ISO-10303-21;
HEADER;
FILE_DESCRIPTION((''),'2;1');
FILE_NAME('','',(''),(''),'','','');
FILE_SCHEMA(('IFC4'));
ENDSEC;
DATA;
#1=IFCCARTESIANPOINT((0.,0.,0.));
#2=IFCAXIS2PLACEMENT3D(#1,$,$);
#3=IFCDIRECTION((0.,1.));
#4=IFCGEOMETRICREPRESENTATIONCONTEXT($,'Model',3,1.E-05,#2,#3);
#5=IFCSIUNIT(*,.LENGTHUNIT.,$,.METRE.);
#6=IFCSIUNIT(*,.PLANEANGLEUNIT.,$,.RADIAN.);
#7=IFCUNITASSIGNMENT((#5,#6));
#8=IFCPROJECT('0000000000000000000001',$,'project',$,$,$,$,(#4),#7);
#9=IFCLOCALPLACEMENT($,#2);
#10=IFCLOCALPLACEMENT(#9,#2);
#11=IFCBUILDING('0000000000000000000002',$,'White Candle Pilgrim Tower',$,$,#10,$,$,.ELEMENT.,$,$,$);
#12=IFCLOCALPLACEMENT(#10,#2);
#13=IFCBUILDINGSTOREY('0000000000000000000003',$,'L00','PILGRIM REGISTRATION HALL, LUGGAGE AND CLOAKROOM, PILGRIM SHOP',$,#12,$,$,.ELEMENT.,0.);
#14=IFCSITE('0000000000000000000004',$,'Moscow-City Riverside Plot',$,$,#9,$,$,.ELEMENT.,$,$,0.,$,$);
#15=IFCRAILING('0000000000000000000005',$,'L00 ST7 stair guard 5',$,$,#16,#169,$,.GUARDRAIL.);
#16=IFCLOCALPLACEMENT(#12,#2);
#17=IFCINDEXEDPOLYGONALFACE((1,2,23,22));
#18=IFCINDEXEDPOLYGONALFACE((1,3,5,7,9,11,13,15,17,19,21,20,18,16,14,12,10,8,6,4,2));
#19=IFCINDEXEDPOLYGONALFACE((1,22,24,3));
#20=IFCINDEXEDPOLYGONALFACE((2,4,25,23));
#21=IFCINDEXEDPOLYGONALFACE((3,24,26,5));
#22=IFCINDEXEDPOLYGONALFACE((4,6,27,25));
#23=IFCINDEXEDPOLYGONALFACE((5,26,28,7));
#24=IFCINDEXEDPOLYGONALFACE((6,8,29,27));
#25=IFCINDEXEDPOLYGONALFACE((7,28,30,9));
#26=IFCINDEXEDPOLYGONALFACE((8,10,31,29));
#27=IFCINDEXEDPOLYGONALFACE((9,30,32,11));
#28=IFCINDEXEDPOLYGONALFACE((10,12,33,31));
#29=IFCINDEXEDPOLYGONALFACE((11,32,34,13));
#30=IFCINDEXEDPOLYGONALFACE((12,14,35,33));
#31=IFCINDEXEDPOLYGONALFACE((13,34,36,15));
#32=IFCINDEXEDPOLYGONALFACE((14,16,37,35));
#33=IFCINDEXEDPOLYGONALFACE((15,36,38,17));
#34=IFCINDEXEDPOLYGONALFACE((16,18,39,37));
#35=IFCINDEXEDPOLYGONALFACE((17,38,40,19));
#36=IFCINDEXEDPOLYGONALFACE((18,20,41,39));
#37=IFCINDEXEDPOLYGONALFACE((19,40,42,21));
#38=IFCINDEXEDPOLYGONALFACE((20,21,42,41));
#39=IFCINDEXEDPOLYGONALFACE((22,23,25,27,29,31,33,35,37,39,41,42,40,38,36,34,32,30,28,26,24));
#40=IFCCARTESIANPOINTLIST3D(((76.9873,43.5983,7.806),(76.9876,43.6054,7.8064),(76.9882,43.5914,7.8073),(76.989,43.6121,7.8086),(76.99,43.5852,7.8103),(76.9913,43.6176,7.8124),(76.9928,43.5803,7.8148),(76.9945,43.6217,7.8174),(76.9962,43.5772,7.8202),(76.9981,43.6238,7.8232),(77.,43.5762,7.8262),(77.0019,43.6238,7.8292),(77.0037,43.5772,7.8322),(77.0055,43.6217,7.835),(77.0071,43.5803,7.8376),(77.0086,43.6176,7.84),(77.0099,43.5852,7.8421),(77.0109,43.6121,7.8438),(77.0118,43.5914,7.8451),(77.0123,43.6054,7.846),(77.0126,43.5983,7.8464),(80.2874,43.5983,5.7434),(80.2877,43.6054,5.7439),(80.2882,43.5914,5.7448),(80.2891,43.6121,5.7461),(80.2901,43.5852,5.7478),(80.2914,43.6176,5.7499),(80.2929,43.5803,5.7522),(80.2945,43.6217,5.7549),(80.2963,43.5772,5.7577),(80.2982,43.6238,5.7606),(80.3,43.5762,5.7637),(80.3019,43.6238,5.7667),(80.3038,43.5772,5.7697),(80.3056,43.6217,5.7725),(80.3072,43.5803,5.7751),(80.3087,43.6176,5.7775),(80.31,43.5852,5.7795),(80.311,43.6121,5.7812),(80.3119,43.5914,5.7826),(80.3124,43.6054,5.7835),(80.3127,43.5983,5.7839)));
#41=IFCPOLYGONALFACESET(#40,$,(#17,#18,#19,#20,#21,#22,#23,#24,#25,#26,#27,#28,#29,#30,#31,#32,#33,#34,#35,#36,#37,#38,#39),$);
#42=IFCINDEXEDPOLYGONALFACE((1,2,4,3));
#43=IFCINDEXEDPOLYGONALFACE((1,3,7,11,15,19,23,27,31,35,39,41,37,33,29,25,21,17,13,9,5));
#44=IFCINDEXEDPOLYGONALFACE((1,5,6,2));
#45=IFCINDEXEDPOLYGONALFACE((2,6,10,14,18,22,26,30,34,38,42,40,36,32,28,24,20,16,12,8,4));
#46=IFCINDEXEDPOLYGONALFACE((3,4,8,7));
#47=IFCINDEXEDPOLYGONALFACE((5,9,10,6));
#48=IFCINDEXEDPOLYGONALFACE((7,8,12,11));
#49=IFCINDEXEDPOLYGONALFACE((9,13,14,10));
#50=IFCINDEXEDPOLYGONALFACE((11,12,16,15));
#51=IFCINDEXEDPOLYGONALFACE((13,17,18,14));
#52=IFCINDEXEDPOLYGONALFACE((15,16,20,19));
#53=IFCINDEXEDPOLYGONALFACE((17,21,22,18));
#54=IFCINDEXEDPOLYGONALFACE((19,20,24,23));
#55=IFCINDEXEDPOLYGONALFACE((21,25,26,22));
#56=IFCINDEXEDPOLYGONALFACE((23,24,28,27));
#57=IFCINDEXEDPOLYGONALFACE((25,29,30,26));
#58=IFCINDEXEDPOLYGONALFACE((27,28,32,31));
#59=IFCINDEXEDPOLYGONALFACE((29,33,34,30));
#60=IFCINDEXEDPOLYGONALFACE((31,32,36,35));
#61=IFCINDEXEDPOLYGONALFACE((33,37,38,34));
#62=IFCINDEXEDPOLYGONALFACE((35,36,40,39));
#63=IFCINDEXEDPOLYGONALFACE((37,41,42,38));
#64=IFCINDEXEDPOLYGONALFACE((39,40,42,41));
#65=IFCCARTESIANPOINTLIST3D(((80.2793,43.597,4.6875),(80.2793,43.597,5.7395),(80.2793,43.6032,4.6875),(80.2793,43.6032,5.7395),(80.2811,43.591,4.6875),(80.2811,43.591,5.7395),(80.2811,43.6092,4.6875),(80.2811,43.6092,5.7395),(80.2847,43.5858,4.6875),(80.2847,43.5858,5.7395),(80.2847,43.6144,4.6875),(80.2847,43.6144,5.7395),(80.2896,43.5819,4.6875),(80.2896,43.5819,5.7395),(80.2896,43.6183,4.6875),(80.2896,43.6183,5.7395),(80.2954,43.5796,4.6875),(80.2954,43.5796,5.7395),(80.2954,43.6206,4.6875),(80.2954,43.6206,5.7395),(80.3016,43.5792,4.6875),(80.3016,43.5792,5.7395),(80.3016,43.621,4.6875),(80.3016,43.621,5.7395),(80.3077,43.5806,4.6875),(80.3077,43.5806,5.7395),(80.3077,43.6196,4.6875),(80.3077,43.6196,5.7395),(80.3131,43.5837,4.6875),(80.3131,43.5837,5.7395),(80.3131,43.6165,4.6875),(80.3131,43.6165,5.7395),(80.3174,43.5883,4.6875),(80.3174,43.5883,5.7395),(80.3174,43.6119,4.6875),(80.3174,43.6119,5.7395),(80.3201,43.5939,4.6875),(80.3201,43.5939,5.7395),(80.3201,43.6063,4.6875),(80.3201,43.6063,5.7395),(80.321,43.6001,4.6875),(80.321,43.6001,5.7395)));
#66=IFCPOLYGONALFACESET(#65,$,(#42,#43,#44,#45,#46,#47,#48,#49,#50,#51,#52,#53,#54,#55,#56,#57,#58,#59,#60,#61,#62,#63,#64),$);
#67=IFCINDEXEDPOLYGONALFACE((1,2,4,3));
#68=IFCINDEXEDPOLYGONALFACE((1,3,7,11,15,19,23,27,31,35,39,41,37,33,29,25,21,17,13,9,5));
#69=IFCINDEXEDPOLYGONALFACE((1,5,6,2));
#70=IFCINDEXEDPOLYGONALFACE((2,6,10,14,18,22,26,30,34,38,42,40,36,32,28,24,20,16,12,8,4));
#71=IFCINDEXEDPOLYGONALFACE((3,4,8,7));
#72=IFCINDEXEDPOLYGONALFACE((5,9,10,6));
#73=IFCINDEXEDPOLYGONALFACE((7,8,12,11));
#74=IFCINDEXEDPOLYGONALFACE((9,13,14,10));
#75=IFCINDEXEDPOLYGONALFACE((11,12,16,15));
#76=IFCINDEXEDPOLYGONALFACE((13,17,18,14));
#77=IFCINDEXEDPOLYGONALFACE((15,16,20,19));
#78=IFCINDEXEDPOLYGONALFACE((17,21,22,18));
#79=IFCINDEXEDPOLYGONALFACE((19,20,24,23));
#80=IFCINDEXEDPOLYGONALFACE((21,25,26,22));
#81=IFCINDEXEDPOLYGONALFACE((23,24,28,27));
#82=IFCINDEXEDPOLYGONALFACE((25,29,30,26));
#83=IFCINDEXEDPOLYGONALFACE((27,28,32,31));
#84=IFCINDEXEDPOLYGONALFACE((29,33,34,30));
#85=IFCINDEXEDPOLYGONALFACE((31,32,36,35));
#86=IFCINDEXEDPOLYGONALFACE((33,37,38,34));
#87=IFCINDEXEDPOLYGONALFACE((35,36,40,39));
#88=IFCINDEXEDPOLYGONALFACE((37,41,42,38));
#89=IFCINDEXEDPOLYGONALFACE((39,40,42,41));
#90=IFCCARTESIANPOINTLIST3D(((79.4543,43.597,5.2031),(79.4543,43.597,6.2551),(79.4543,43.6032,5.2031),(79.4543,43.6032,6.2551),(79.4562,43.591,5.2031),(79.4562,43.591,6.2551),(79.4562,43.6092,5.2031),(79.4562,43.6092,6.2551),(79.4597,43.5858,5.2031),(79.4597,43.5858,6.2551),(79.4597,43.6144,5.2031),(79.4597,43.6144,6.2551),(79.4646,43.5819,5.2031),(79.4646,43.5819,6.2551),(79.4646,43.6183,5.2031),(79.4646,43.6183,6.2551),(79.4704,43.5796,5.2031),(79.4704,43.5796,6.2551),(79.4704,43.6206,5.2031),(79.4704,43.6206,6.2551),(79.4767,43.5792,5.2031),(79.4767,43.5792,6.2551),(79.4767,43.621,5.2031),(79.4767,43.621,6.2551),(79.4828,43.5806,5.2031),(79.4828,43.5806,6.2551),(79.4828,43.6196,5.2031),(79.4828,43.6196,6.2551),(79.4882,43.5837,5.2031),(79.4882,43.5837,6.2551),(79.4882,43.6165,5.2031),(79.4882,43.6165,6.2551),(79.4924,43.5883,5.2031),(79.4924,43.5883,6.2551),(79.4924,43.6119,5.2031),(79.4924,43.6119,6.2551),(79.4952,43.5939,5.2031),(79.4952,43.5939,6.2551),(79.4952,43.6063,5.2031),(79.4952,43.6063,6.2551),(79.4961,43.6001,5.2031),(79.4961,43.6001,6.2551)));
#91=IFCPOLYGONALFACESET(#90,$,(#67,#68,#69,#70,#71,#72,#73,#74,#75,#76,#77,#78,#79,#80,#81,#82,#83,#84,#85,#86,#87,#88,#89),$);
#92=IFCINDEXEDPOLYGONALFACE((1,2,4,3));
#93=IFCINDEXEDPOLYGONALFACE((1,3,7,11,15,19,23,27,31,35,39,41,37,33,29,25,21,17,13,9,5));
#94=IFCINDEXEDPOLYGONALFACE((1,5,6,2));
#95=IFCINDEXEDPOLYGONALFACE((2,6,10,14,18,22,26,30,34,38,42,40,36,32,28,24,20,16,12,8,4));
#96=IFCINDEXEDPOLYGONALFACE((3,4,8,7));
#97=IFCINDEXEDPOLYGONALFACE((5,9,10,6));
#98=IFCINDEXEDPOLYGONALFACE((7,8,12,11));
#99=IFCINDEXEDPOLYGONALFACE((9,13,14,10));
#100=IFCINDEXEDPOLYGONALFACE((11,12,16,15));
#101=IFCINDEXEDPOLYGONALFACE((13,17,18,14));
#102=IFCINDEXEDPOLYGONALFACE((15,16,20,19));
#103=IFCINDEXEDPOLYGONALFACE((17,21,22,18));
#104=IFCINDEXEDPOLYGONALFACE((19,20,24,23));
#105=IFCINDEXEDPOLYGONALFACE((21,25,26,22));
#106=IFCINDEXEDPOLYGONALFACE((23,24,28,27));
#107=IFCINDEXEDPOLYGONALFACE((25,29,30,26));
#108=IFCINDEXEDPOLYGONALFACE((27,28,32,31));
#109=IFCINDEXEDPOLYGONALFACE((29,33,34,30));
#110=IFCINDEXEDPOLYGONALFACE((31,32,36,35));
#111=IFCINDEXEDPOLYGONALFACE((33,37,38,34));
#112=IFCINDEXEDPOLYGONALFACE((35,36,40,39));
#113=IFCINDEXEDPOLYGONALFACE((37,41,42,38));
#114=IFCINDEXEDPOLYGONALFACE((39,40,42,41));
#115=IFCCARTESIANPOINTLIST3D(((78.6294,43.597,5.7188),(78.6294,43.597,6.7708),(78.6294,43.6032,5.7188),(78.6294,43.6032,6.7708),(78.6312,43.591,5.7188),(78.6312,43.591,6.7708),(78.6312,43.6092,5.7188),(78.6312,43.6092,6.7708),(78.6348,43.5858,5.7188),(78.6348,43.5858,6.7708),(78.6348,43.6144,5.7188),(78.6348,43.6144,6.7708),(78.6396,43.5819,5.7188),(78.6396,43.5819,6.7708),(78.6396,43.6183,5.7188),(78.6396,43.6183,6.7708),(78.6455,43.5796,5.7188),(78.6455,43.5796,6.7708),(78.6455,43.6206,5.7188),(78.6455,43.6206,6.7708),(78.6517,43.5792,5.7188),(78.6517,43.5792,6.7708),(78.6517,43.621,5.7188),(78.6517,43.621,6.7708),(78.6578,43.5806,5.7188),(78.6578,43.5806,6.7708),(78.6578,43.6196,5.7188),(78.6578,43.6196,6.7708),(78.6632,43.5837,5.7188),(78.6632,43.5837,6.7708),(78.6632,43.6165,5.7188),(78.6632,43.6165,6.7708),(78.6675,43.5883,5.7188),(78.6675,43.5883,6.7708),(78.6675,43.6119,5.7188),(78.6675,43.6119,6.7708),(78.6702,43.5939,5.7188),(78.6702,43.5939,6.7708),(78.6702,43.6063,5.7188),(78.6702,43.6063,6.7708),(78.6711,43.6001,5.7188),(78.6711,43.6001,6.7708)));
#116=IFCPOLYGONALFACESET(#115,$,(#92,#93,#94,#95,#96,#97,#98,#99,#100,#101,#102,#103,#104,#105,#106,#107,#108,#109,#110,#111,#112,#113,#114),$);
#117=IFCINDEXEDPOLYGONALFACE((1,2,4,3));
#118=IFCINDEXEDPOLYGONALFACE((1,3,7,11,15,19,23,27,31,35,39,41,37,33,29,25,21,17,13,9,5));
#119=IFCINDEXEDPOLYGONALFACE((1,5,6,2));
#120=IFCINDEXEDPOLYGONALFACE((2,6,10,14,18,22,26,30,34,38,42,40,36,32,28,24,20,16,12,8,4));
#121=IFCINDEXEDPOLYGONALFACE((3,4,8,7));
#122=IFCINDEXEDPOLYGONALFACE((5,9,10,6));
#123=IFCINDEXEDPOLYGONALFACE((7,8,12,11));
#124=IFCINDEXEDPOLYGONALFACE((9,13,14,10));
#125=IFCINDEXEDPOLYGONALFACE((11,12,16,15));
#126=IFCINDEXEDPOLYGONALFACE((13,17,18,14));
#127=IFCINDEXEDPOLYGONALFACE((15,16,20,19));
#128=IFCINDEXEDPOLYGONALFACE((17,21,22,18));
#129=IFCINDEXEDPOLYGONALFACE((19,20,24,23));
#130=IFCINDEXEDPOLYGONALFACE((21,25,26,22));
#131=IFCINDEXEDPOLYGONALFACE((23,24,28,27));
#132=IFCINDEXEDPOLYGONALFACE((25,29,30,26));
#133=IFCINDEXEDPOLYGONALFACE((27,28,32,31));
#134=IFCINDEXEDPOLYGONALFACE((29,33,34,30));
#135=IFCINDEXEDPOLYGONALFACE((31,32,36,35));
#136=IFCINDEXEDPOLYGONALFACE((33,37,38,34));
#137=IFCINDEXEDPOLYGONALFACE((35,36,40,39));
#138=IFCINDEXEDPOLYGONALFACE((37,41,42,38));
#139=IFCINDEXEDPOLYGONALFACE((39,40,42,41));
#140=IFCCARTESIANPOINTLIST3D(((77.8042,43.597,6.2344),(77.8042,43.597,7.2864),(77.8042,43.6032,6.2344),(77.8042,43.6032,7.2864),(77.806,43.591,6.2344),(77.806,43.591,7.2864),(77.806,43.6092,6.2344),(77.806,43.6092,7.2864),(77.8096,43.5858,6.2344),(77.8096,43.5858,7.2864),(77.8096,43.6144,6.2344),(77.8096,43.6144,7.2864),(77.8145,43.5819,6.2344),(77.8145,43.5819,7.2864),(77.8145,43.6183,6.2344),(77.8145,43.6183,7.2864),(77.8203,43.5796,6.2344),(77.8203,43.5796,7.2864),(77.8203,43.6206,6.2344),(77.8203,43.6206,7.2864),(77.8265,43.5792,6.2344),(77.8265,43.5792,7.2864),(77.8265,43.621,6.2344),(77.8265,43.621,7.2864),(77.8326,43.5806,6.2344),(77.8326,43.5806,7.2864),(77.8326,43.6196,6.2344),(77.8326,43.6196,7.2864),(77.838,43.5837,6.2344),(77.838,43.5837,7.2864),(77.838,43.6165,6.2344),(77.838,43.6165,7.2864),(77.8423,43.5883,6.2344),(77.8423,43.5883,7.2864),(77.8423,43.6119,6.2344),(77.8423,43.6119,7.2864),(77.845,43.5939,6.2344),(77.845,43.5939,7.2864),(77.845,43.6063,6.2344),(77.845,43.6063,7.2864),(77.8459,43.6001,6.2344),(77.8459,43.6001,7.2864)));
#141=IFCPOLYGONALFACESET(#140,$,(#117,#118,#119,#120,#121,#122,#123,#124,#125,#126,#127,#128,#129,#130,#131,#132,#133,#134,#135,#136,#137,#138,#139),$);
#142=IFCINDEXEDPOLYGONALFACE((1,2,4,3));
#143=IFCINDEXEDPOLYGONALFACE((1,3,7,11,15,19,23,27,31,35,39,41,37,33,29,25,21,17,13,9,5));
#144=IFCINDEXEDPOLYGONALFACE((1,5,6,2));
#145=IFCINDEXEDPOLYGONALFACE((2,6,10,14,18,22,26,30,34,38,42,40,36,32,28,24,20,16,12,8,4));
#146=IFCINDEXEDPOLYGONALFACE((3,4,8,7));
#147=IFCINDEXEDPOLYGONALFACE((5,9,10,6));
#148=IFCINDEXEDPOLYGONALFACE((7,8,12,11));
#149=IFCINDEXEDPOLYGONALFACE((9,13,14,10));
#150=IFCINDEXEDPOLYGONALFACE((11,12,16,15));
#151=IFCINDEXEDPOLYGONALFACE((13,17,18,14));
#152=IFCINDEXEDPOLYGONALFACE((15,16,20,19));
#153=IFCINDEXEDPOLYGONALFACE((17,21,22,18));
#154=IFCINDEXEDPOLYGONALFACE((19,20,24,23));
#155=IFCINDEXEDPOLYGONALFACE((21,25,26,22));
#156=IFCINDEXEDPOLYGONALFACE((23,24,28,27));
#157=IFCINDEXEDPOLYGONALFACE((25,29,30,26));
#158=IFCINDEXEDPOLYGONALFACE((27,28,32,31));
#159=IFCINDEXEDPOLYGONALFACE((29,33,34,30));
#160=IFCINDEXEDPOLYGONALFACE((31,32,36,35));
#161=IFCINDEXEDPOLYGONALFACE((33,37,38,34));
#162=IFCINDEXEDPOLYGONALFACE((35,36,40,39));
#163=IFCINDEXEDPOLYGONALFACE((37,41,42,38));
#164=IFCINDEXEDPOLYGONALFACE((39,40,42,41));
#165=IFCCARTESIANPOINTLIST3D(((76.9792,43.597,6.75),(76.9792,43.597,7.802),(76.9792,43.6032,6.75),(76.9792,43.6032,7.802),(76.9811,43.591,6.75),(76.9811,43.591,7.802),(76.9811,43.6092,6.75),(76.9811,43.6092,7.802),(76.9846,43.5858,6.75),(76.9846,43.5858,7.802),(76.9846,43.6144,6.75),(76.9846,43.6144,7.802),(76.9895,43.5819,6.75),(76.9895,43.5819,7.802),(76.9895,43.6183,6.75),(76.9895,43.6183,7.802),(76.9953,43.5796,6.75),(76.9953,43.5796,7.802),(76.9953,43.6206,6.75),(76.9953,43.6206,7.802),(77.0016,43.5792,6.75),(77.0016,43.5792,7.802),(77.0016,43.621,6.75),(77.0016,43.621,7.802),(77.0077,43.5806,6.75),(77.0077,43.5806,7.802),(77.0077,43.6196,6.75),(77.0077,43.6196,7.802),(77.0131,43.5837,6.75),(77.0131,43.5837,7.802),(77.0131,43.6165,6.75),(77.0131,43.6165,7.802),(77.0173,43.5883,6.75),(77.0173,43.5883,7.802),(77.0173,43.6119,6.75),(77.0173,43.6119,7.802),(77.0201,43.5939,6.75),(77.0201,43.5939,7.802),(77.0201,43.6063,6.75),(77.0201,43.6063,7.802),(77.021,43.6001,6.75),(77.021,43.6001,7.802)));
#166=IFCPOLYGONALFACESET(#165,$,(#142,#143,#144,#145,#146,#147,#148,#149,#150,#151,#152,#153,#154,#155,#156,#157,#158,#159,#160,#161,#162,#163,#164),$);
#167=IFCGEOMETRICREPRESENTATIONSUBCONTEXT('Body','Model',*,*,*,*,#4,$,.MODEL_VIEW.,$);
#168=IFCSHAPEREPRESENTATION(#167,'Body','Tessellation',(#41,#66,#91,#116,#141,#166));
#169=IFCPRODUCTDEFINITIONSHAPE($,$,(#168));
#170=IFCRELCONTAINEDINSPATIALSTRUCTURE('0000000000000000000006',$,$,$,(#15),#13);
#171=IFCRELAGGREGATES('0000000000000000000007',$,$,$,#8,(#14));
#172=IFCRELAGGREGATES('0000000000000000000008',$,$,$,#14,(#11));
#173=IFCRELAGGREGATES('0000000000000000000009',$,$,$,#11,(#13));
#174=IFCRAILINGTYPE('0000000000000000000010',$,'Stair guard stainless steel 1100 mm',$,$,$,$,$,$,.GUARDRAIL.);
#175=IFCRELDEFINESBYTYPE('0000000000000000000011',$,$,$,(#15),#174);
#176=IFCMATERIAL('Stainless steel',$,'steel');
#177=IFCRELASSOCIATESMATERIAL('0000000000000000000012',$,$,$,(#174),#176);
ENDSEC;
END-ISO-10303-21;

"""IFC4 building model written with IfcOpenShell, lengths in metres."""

from ifc_helpers import new_model, si_unit, direction, frame, origin, origin_2d, place, context, subcontext, project, spatial, circle, extrude, material, type_object, element, save


model = new_model("IFC4")

# Units and contexts
model_context = context("Model", 3, precision=1e-05, world=origin(), true_north=direction((0.0, 1.0)))
body_context = subcontext(model_context, "Body", "Model", "MODEL_VIEW")
ifc_project = project(units=[si_unit("LENGTHUNIT", "METRE"), si_unit("PLANEANGLEUNIT", "RADIAN")], contexts=[model_context])

# Site, building, storey
site_placement = place(None, origin())
site = spatial("IfcSite", under=ifc_project, at=site_placement, Name="Moscow-City Riverside Plot", CompositionType="ELEMENT", RefElevation=0.0)
building_placement = place(site_placement, origin())
building = spatial("IfcBuilding", under=site, at=building_placement, Name="White Candle Pilgrim Tower", CompositionType="ELEMENT")
storey_placement = place(building_placement, origin())
storey = spatial("IfcBuildingStorey", under=building, at=storey_placement, Name="L00", Description="PILGRIM REGISTRATION HALL, LUGGAGE AND CLOAKROOM, PILGRIM SHOP", CompositionType="ELEMENT", Elevation=0.0)

# Railing
ifc_material_1 = material(Name="Stainless steel", Category="steel")
railing_type_1 = type_object("IfcRailingType", Name="Stair guard stainless steel 1100 mm", PredefinedType="GUARDRAIL", material=ifc_material_1)
railing_1_placement = place(storey_placement, frame((80.3, 43.6001, 4.6875)))
element("IfcRailing", 1, at=railing_1_placement, inside=storey, type_object=railing_type_1, Name="L00 ST7 stair guard 5", PredefinedType="GUARDRAIL", context=body_context, shape_type="SweptSolid", body=[
    extrude(circle(Radius=0.0239, at=origin_2d()), frame((0.0, 0.0, 1.0762), z_axis=(-0.848002, 0.0, 0.529993), x_axis=(0.0, -1.0, 0.0)), (0.0, 0.0, 1.0), 3.8916),
    extrude(circle(Radius=0.021, at=origin_2d()), origin(), (0.0, 0.0, 1.0), 1.052),
    extrude(circle(Radius=0.021, at=origin_2d()), frame((-0.825, 0.0, 0.5156)), (0.0, 0.0, 1.0), 1.052),
    extrude(circle(Radius=0.021, at=origin_2d()), frame((-1.6499, 0.0, 1.0312)), (0.0, 0.0, 1.0), 1.052),
    extrude(circle(Radius=0.021, at=origin_2d()), frame((-2.4751, 0.0, 1.5469)), (0.0, 0.0, 1.0), 1.052),
    extrude(circle(Radius=0.021, at=origin_2d()), frame((-3.3, 0.0, 2.0625)), (0.0, 0.0, 1.0), 1.052),
])

save(model, "model.ifc")
